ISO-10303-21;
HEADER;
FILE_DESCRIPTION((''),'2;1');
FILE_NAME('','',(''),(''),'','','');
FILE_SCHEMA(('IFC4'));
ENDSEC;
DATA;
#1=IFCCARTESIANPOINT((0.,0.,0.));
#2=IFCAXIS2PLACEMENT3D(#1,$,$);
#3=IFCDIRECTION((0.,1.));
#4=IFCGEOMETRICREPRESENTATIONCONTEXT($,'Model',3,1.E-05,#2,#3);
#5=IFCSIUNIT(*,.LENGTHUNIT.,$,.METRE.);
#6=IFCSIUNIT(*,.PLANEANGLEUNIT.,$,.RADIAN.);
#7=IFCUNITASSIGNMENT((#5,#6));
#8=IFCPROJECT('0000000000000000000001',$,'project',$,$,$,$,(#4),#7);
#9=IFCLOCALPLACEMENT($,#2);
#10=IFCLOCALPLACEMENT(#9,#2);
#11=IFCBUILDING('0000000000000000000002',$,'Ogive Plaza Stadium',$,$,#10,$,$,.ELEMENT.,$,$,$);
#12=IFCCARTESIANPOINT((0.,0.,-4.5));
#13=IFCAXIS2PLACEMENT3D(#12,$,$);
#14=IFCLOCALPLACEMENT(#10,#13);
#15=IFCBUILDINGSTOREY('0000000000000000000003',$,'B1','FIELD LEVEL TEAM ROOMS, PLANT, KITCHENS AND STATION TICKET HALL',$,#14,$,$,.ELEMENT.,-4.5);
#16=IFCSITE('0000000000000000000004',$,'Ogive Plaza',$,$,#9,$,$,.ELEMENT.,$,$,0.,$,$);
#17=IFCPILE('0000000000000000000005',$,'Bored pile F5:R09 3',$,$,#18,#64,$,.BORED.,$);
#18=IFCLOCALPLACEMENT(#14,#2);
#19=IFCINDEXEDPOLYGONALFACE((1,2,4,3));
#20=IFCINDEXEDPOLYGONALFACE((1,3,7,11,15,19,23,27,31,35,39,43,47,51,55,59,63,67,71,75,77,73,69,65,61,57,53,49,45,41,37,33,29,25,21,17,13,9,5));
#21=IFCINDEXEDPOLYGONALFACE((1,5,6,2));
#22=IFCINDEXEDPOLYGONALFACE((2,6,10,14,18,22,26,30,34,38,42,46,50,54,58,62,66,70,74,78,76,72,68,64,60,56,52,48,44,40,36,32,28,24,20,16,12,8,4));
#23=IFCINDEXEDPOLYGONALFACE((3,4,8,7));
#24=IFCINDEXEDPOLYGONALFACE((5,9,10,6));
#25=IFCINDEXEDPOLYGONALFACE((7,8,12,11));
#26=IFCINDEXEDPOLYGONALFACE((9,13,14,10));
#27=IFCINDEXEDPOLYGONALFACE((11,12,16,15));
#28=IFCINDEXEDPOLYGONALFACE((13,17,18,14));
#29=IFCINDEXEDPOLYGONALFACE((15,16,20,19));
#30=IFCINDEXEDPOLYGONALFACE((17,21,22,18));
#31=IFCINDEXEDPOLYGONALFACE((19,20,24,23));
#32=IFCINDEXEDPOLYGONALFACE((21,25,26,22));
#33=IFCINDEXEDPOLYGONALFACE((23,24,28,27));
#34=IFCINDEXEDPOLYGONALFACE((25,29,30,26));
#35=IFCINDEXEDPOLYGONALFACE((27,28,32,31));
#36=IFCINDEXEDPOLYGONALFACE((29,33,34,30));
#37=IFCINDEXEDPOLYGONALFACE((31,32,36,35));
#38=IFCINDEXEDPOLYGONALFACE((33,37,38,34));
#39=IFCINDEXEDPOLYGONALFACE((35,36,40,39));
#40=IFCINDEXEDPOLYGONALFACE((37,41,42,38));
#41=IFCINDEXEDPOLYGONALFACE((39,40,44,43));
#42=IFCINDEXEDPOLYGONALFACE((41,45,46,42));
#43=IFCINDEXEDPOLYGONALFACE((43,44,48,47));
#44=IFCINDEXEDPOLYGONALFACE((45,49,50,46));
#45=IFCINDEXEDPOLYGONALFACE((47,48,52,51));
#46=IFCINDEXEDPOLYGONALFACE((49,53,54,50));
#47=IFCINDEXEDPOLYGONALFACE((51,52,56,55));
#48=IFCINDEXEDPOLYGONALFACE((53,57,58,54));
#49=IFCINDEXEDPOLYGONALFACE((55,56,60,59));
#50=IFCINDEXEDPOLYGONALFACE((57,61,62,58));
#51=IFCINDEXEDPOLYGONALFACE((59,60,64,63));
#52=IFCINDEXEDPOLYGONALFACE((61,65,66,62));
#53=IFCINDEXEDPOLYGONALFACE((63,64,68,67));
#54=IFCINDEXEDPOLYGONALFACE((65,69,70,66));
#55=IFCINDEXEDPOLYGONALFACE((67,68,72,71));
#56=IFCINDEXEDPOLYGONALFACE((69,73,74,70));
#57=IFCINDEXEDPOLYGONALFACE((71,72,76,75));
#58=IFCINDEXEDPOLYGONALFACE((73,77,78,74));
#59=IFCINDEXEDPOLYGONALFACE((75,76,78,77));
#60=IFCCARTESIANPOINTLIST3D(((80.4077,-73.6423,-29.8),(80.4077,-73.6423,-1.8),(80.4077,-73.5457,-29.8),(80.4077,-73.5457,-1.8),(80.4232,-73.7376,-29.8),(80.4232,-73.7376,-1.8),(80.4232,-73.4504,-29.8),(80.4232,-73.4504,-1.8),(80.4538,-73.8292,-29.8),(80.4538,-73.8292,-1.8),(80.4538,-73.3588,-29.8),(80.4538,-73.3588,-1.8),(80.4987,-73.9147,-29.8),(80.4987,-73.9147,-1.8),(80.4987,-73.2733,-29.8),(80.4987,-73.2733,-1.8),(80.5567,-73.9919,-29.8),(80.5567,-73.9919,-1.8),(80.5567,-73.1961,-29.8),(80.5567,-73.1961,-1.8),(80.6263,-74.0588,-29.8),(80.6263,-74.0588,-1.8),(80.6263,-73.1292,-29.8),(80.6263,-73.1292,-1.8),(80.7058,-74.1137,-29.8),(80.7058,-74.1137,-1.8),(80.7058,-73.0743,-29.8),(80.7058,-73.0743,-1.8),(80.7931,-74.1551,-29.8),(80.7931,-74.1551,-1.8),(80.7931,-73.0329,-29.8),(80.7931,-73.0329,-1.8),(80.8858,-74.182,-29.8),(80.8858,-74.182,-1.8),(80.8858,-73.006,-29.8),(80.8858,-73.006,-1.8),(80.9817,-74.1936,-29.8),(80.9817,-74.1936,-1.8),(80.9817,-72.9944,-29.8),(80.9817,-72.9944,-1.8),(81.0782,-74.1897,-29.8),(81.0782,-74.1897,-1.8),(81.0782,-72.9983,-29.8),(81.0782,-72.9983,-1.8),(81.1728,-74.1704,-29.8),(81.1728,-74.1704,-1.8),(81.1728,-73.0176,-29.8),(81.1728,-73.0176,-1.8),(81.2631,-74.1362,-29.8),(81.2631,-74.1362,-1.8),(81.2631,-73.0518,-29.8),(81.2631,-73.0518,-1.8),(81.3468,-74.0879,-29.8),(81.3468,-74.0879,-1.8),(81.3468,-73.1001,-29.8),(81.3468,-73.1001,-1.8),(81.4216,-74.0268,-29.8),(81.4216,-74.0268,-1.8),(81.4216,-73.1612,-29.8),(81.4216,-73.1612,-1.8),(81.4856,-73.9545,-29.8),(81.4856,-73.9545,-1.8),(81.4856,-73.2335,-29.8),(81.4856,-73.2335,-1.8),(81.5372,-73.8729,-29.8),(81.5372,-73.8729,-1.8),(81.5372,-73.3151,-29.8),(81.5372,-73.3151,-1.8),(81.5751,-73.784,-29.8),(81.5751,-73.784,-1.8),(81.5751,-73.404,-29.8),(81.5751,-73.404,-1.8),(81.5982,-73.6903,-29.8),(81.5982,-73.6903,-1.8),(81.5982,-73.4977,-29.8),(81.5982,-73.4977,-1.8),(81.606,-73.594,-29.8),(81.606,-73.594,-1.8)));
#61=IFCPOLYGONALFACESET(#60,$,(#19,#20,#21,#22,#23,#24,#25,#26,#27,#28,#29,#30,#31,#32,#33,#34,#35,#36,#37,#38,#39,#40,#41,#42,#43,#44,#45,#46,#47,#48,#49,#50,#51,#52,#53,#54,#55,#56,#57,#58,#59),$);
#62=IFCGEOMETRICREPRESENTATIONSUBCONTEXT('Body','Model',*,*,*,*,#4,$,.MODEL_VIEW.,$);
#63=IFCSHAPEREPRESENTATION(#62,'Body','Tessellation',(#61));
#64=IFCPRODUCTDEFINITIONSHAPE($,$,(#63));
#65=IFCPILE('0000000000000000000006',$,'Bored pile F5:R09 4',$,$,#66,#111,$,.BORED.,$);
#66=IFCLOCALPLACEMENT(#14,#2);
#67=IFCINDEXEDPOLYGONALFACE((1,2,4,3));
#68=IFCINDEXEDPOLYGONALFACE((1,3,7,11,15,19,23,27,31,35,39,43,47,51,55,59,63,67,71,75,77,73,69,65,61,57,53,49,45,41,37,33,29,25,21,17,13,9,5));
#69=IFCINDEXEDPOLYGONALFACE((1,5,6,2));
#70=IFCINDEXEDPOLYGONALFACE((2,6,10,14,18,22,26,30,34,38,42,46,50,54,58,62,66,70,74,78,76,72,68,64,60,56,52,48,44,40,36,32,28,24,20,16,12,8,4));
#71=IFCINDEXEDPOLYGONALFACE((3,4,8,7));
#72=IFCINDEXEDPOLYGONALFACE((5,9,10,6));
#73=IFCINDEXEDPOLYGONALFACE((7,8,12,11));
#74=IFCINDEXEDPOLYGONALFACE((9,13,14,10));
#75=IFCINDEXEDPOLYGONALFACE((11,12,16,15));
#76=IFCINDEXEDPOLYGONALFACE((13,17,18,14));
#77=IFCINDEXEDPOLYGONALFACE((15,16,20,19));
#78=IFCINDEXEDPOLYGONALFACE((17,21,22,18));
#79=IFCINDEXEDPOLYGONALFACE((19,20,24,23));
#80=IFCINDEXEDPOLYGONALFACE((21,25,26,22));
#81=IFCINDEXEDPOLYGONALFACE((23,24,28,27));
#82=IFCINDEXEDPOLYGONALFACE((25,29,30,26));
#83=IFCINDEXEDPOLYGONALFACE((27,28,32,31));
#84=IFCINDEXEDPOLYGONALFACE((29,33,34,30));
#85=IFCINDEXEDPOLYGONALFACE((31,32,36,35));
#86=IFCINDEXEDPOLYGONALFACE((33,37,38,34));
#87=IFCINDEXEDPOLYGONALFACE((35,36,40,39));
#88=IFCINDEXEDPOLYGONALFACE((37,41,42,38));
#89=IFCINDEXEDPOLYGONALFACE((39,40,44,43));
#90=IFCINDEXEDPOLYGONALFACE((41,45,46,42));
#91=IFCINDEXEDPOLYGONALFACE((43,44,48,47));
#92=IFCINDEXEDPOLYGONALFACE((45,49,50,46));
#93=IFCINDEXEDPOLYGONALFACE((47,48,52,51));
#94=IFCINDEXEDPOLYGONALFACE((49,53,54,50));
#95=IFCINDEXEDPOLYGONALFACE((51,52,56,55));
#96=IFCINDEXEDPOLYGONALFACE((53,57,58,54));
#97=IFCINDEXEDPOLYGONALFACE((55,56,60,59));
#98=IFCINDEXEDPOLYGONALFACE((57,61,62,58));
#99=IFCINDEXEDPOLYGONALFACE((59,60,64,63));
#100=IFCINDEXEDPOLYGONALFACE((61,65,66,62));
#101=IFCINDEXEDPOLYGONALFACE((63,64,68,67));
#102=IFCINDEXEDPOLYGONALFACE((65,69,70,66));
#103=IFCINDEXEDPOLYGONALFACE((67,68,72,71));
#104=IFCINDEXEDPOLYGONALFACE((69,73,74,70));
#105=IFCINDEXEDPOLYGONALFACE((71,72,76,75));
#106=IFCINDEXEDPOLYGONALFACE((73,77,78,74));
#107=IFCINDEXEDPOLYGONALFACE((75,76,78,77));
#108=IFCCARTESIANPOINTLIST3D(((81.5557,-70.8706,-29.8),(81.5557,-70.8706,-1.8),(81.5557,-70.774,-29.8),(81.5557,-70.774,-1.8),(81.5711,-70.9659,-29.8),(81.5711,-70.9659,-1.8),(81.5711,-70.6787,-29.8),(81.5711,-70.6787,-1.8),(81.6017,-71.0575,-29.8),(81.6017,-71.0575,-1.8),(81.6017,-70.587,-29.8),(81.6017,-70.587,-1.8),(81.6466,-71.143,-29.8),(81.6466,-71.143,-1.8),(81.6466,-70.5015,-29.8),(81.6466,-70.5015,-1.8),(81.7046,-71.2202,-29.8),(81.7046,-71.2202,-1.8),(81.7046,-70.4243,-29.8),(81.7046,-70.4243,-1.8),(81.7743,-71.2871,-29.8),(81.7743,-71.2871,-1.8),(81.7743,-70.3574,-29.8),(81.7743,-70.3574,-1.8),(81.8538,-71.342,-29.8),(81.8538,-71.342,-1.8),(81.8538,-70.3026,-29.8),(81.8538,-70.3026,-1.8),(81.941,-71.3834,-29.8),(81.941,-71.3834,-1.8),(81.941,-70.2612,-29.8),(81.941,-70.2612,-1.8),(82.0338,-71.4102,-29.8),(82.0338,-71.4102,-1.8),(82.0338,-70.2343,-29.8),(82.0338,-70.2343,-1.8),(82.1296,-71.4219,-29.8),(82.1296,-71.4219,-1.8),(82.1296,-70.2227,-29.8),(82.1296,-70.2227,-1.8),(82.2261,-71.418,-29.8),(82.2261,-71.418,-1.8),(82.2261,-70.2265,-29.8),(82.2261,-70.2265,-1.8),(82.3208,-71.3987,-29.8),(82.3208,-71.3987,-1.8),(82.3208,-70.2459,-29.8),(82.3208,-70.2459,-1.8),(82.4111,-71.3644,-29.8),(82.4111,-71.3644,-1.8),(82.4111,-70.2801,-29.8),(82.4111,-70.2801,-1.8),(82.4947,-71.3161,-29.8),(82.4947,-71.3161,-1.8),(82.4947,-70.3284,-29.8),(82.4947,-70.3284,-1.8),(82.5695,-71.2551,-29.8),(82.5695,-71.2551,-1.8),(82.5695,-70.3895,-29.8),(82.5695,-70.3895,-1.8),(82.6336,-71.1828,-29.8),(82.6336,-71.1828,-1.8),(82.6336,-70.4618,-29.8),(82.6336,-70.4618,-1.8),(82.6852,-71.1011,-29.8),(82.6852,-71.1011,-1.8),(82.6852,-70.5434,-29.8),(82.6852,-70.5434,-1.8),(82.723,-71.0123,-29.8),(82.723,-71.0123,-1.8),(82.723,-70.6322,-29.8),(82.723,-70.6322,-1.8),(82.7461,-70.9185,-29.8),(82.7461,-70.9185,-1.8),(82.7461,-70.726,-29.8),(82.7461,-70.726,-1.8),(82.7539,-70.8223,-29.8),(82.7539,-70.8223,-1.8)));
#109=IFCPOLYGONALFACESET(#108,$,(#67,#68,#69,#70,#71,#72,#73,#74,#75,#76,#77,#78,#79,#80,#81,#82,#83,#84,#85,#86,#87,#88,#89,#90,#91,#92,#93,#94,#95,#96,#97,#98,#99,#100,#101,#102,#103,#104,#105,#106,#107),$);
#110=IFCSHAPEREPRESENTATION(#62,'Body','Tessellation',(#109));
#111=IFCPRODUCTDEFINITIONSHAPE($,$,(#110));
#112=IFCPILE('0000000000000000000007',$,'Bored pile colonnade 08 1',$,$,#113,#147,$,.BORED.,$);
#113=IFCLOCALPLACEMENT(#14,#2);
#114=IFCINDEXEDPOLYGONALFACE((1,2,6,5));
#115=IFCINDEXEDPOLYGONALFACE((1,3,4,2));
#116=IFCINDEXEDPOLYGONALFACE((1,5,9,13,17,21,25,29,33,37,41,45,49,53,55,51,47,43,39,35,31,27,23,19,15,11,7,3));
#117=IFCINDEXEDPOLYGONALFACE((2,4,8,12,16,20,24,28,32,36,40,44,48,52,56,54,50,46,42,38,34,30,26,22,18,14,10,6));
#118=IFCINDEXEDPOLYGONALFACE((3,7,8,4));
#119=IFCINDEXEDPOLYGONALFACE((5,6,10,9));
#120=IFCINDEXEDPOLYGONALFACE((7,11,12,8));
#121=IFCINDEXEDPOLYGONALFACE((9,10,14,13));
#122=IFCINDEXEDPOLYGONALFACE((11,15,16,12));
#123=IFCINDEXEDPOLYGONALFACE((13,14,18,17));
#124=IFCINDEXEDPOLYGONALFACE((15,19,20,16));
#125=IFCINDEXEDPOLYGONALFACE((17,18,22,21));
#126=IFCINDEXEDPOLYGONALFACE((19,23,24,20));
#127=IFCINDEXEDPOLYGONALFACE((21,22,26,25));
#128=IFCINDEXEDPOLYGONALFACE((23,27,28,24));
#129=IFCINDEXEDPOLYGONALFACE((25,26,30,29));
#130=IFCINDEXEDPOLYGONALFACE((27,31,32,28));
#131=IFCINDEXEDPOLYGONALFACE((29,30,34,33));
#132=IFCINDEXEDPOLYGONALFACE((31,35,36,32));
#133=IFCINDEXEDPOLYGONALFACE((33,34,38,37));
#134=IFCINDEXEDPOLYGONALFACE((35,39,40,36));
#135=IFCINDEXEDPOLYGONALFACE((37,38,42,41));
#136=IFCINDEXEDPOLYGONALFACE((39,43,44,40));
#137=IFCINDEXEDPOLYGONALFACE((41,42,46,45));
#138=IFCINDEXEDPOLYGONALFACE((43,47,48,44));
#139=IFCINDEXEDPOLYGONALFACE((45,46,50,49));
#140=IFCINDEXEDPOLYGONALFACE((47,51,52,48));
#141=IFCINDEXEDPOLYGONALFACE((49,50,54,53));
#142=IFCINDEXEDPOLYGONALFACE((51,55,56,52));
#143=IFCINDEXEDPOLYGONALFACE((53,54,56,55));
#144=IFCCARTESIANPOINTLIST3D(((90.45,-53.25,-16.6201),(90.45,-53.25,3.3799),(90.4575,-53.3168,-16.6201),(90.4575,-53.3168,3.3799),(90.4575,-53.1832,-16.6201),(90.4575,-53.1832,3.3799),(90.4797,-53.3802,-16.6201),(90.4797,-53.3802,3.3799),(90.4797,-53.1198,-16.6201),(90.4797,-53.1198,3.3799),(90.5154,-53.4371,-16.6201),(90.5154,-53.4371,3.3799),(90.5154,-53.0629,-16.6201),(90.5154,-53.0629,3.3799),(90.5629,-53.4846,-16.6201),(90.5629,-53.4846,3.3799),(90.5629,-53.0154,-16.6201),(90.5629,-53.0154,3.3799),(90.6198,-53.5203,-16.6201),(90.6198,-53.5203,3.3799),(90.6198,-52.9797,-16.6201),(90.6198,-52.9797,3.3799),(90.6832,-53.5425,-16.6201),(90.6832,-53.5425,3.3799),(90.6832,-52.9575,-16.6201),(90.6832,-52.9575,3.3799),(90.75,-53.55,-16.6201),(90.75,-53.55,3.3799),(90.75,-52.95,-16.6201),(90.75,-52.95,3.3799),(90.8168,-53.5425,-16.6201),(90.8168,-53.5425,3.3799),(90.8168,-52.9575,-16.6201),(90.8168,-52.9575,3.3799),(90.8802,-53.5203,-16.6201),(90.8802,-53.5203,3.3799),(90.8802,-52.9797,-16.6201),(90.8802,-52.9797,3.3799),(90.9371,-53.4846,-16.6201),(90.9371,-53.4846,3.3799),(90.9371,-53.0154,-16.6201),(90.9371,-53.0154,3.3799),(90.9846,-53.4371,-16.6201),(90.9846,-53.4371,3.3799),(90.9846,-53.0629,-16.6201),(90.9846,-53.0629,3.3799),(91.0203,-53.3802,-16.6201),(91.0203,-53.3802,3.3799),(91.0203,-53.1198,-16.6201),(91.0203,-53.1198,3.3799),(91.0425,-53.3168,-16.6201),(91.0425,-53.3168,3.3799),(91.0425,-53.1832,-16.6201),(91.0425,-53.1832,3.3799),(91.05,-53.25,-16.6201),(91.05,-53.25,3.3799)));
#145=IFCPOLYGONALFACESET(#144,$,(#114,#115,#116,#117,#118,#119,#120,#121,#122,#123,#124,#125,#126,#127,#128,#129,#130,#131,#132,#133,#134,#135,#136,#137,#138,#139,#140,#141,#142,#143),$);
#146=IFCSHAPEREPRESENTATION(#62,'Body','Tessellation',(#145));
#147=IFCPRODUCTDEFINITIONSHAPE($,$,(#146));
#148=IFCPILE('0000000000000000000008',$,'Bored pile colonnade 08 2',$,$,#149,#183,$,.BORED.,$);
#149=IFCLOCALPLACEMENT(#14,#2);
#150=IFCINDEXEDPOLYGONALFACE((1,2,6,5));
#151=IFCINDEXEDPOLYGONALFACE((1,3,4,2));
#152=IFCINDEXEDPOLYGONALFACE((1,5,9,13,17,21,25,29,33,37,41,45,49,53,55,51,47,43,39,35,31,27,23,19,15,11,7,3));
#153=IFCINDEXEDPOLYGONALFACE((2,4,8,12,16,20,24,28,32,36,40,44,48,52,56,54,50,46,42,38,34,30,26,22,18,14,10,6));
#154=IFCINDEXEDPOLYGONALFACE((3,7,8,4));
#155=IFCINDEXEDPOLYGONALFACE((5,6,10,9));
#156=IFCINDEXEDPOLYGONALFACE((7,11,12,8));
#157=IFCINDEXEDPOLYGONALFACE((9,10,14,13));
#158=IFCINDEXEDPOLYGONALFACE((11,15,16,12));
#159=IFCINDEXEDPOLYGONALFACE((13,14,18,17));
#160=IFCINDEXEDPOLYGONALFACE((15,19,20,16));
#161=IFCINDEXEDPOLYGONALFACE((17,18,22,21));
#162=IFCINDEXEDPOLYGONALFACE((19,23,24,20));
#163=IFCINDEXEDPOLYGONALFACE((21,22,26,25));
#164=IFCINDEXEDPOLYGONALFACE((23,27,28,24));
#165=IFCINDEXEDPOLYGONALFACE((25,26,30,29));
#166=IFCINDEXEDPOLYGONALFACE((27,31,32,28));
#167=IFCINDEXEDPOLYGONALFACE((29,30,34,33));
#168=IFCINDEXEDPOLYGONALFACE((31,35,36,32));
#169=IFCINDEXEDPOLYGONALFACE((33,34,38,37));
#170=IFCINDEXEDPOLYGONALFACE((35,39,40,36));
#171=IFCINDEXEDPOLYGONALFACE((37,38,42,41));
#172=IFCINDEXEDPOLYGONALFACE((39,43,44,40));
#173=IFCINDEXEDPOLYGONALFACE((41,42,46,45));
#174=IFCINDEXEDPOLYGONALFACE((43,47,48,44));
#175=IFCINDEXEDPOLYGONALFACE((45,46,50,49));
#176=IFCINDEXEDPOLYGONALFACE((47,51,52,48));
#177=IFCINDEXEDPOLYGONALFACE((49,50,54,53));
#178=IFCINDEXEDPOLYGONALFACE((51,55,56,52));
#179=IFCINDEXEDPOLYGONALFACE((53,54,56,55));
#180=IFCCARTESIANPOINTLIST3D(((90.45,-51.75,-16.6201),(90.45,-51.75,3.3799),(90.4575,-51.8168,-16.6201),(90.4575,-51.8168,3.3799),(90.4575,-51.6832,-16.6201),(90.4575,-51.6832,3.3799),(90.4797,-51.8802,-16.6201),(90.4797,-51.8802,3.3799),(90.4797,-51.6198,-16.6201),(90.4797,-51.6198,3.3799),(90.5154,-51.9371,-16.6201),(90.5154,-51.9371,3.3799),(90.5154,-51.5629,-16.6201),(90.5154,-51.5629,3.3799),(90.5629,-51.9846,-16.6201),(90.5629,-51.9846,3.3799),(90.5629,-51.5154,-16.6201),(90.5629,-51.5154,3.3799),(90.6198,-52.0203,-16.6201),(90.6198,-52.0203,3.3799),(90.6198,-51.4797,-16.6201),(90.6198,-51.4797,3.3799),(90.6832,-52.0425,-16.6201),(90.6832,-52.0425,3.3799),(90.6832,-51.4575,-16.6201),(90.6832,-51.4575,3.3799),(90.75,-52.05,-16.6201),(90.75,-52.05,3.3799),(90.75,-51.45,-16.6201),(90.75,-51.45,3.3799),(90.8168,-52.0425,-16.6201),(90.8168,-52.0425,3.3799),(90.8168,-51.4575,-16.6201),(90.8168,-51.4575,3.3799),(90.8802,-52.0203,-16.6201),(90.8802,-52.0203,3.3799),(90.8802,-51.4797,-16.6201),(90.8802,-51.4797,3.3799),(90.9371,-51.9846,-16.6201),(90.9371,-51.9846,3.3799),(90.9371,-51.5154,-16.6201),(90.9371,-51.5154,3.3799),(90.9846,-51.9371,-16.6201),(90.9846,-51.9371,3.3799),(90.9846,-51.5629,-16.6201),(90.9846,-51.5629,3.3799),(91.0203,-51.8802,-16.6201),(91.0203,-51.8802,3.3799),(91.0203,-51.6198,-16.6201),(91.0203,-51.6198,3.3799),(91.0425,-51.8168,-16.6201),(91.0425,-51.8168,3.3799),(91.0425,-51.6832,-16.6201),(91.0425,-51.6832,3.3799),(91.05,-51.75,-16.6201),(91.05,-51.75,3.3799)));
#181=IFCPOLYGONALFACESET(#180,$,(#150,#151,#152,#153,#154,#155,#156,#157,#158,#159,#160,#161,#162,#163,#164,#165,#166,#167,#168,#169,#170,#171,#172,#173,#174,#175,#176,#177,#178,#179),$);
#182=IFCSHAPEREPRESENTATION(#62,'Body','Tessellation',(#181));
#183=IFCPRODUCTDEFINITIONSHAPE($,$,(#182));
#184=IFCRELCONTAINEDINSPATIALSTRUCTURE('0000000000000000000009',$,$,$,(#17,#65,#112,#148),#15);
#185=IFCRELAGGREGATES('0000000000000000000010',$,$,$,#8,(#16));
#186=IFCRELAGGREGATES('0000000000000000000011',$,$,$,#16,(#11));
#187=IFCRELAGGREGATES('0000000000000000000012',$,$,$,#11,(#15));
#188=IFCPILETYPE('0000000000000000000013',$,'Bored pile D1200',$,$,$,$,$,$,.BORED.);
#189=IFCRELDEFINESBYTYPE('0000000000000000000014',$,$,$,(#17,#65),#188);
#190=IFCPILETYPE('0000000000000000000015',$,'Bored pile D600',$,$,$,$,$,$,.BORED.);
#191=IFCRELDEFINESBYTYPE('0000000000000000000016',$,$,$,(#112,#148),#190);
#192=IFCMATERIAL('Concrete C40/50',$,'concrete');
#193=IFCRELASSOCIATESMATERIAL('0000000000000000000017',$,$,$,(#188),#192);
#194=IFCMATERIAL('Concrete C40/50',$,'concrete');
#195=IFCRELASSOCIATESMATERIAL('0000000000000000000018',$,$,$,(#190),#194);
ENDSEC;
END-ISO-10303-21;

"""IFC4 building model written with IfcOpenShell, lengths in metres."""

from ifc_helpers import new_model, si_unit, direction, frame, origin, origin_2d, place, context, subcontext, project, spatial, circle, extrude, material, material_profile, profile_set, type_object, element, save


model = new_model("IFC4")

# Units and contexts
model_context = context("Model", 3, precision=1e-05, world=origin(), true_north=direction((0.0, 1.0)))
body_context = subcontext(model_context, "Body", "Model", "MODEL_VIEW")
ifc_project = project(units=[si_unit("LENGTHUNIT", "METRE"), si_unit("PLANEANGLEUNIT", "RADIAN")], contexts=[model_context])

# Site, building, storey
site_placement = place(None, origin())
site = spatial("IfcSite", under=ifc_project, at=site_placement, Name="Ogive Plaza", CompositionType="ELEMENT", RefElevation=0.0)
building_placement = place(site_placement, origin())
building = spatial("IfcBuilding", under=site, at=building_placement, Name="Ogive Plaza Stadium", CompositionType="ELEMENT")
storey_placement = place(building_placement, frame((0.0, 0.0, -4.5)))
storey = spatial("IfcBuildingStorey", under=building, at=storey_placement, Name="B1", Description="FIELD LEVEL TEAM ROOMS, PLANT, KITCHENS AND STATION TICKET HALL", CompositionType="ELEMENT", Elevation=-4.5)

# Piles
ifc_material_1 = material(Name="Concrete C40/50", Category="concrete")
ifc_material_profile_1 = material_profile(ifc_material_1, circle(Radius=0.6001, at=origin_2d()), Name="RC D1200")
ifc_profile_set_1 = profile_set([ifc_material_profile_1], Name="Concrete C40/50")
pile_type_1 = type_object("IfcPileType", Name="Bored pile D1200", PredefinedType="BORED", material=ifc_profile_set_1)
for number, where, z_axis, x_axis, name in (
    (1, (81.0059, -73.594, -1.8), (0.0, 0.0, -1.0), (1.0, 0.0, 0.0), "Bored pile F5:R09 3"),
    (2, (82.1538, -70.8223, -1.8), (0.0, 0.0, -1.0), (1.0, 0.0, 0.0), "Bored pile F5:R09 4"),
):
    element("IfcPile", number, at=place(storey_placement, frame(where, z_axis=z_axis, x_axis=x_axis)), inside=storey, type_object=pile_type_1, Name=name, PredefinedType="BORED", context=body_context, shape_type="SweptSolid", body=[
        extrude(circle(Radius=0.6001, at=origin_2d()), origin(), (0.0, 0.0, 1.0), 28.0),
    ])
ifc_material_2 = material(Name="Concrete C40/50", Category="concrete")
ifc_material_profile_2 = material_profile(ifc_material_2, circle(Radius=0.3, at=origin_2d()), Name="RC D600")
ifc_profile_set_2 = profile_set([ifc_material_profile_2], Name="Concrete C40/50")
pile_type_2 = type_object("IfcPileType", Name="Bored pile D600", PredefinedType="BORED", material=ifc_profile_set_2)
for number, where, z_axis, x_axis, name in (
    (3, (90.75, -53.25, 3.3799), (0.0, 0.0, -1.0), (1.0, 0.0, 0.0), "Bored pile colonnade 08 1"),
    (4, (90.75, -51.75, 3.3799), (0.0, 0.0, -1.0), (1.0, 0.0, 0.0), "Bored pile colonnade 08 2"),
):
    element("IfcPile", number, at=place(storey_placement, frame(where, z_axis=z_axis, x_axis=x_axis)), inside=storey, type_object=pile_type_2, Name=name, PredefinedType="BORED", context=body_context, shape_type="SweptSolid", body=[
        extrude(circle(Radius=0.3, at=origin_2d()), origin(), (0.0, 0.0, 1.0), 20.0),
    ])

save(model, "model.ifc")
